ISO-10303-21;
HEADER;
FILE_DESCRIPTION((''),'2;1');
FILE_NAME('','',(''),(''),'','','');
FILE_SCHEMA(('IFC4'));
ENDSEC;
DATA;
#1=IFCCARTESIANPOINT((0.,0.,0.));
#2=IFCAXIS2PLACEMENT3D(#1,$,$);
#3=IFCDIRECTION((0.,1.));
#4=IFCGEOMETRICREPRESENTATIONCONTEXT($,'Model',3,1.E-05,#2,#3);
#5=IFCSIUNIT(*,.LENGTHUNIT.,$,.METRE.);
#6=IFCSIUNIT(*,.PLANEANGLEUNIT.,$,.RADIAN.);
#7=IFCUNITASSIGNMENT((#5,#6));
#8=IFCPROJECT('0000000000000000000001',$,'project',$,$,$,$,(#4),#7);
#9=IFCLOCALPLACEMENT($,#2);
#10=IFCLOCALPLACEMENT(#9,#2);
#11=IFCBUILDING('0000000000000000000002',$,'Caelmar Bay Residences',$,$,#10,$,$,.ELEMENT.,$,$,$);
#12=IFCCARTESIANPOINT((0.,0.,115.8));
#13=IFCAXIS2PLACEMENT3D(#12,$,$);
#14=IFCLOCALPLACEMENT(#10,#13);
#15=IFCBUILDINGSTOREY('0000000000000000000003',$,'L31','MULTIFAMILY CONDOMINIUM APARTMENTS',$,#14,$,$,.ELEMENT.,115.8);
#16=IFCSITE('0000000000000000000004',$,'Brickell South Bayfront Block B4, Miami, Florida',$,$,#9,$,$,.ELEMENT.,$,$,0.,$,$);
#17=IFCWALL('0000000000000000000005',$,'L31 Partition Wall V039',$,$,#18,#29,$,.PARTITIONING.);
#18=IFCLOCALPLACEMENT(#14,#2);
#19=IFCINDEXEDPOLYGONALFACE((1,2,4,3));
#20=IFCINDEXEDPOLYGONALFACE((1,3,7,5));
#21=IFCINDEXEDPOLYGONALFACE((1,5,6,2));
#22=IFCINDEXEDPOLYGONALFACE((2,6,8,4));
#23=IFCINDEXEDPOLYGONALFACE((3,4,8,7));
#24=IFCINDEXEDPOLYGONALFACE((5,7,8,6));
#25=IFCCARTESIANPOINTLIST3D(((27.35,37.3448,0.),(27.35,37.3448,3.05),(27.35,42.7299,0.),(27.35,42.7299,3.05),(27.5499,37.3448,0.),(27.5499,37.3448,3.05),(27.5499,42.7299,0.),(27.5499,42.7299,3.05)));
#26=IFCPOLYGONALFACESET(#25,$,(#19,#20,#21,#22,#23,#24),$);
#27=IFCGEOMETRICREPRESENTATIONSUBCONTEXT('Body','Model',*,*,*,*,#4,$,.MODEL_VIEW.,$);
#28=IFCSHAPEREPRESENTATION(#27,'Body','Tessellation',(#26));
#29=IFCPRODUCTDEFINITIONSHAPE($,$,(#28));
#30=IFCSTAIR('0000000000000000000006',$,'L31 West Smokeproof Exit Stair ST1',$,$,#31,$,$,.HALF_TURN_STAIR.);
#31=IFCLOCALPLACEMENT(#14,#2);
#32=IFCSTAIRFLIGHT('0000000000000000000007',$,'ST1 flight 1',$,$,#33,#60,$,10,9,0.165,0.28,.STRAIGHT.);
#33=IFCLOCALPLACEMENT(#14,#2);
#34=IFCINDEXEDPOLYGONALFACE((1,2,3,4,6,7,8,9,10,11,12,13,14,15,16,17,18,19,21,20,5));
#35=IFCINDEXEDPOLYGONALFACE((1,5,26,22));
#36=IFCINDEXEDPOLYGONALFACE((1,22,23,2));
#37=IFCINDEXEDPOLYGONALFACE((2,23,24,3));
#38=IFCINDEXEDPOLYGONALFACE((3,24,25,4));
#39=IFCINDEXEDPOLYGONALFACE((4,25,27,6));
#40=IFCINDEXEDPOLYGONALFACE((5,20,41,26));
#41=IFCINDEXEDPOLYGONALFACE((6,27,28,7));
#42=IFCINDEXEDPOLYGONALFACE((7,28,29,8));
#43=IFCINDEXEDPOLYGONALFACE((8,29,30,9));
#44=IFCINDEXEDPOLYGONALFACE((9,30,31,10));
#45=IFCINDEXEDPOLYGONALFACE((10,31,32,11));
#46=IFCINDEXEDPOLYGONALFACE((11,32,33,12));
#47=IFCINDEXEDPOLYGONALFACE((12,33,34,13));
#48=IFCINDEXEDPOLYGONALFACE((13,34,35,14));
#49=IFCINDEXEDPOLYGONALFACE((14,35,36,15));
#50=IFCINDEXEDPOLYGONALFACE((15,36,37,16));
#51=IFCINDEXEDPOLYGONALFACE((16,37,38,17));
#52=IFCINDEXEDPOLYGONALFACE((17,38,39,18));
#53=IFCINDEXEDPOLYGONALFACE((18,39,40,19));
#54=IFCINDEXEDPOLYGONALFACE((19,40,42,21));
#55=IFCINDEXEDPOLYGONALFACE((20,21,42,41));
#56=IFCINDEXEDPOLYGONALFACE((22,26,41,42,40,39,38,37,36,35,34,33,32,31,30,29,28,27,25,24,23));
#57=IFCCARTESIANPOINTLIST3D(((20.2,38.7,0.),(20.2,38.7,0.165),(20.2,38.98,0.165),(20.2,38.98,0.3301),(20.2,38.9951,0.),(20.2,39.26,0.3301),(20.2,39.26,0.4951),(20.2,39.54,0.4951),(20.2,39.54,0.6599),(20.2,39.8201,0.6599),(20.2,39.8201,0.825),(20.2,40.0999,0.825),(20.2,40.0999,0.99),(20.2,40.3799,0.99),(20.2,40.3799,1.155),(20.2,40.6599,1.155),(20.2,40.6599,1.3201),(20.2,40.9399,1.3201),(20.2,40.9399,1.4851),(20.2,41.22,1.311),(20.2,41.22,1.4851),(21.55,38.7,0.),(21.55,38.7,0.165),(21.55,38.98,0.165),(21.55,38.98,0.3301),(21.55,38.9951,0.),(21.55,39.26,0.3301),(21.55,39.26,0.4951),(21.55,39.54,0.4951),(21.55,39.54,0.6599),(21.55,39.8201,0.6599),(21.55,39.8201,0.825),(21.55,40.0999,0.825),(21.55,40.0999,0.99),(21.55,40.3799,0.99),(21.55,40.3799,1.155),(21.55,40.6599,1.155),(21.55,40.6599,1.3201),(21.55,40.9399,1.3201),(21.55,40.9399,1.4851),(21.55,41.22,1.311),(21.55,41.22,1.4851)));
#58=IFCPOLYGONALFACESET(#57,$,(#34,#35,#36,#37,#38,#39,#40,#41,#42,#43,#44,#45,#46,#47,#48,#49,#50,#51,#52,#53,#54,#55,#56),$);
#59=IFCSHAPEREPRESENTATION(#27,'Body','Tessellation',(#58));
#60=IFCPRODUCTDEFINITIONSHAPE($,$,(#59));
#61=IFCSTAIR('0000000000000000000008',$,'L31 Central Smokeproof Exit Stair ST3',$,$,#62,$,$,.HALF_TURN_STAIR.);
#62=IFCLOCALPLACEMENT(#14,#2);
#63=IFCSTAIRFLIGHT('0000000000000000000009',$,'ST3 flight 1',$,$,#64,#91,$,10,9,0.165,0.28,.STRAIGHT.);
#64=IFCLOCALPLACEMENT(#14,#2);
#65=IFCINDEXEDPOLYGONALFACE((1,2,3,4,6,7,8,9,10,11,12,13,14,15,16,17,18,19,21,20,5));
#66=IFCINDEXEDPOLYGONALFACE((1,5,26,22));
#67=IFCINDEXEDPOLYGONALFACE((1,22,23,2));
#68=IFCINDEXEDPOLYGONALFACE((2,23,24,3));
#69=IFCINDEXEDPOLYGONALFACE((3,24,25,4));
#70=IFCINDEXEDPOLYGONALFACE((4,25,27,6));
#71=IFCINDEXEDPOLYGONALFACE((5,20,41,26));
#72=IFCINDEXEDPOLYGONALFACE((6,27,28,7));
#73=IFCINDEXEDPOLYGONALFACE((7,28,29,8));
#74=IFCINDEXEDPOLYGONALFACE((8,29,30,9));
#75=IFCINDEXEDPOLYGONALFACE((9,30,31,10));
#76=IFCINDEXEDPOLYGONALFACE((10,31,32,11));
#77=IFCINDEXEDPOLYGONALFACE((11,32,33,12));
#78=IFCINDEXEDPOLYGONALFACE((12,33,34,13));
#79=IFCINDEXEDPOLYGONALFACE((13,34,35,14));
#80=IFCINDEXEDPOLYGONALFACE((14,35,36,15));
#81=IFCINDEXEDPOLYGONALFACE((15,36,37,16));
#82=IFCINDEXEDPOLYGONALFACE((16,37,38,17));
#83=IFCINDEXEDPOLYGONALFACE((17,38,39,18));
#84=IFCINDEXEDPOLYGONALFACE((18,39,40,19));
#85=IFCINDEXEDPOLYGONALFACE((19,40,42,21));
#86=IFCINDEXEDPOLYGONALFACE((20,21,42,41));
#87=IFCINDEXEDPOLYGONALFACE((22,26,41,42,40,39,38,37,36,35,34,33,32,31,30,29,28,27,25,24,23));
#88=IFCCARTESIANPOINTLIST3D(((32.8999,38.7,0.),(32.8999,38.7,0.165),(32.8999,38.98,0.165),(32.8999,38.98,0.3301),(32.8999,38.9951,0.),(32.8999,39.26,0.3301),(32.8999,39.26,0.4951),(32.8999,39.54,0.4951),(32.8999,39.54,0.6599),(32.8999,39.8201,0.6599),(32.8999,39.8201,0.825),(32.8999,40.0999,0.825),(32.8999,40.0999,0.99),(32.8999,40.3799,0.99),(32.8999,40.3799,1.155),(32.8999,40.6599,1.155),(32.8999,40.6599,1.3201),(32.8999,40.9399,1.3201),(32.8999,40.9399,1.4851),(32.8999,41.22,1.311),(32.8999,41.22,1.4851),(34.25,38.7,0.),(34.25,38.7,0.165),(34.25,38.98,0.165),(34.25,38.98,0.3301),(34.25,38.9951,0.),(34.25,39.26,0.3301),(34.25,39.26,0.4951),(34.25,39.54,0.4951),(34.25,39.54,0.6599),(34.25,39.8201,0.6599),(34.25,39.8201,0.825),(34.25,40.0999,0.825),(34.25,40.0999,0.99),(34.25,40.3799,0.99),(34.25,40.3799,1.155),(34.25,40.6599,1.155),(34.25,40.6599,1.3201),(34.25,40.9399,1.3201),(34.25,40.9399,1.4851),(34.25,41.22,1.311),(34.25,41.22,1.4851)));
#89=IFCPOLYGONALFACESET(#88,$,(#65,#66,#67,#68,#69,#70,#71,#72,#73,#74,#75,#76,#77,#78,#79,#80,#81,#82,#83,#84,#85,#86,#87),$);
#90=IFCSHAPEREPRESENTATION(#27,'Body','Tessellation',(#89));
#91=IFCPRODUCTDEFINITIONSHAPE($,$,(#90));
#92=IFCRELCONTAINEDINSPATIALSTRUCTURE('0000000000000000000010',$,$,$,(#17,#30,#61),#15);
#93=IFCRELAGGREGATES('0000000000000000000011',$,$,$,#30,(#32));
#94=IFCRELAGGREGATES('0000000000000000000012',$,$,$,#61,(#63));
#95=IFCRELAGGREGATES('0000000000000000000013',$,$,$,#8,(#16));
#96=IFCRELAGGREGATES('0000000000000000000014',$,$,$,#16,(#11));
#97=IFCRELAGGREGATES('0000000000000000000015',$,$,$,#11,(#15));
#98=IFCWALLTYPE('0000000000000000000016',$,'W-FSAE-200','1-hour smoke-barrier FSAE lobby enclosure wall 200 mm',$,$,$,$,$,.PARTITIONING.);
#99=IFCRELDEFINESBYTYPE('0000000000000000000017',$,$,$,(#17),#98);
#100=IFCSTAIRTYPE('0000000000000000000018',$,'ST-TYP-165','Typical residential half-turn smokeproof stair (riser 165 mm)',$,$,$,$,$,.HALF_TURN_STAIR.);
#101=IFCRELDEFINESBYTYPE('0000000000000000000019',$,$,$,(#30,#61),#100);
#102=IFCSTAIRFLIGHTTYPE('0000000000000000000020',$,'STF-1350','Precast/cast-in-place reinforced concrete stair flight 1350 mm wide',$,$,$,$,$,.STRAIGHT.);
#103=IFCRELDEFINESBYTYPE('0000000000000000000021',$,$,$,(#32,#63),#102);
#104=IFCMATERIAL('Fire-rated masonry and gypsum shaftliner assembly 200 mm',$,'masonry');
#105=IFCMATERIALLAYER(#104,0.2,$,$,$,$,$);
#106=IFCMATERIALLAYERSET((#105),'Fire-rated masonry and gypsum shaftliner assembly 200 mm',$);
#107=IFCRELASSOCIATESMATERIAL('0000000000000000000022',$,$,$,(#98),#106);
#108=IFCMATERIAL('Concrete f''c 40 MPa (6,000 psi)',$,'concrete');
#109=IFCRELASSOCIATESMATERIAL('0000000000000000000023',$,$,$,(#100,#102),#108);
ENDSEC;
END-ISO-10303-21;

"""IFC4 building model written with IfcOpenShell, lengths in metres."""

from ifc_helpers import new_model, si_unit, direction, frame, frame_2d, origin, place, context, subcontext, project, spatial, polyline, rectangle, outline, extrude, material, layer, layer_set, type_object, element, aggregate, save


model = new_model("IFC4")

# Units and contexts
model_context = context("Model", 3, precision=1e-05, world=origin(), true_north=direction((0.0, 1.0)))
body_context = subcontext(model_context, "Body", "Model", "MODEL_VIEW")
ifc_project = project(units=[si_unit("LENGTHUNIT", "METRE"), si_unit("PLANEANGLEUNIT", "RADIAN")], contexts=[model_context])

# Site, building, storey
site_placement = place(None, origin())
site = spatial("IfcSite", under=ifc_project, at=site_placement, Name="Brickell South Bayfront Block B4, Miami, Florida", CompositionType="ELEMENT", RefElevation=0.0)
building_placement = place(site_placement, origin())
building = spatial("IfcBuilding", under=site, at=building_placement, Name="Caelmar Bay Residences", CompositionType="ELEMENT")
storey_placement = place(building_placement, frame((0.0, 0.0, 115.8)))
storey = spatial("IfcBuildingStorey", under=building, at=storey_placement, Name="L31", Description="MULTIFAMILY CONDOMINIUM APARTMENTS", CompositionType="ELEMENT", Elevation=115.8)

# Wall
ifc_material_1 = material(Name="Fire-rated masonry and gypsum shaftliner assembly 200 mm", Category="masonry")
ifc_layer_1 = layer(ifc_material_1, 0.2)
ifc_layer_set_1 = layer_set([ifc_layer_1], Name="Fire-rated masonry and gypsum shaftliner assembly 200 mm")
wall_type_1 = type_object("IfcWallType", Name="W-FSAE-200", Description="1-hour smoke-barrier FSAE lobby enclosure wall 200 mm", PredefinedType="PARTITIONING", material=ifc_layer_set_1)
wall_1_placement = place(storey_placement, frame((27.45, 37.345, 0.0), z_axis=(0.0, 0.0, 1.0), x_axis=(0.0, 1.0, 0.0)))
element("IfcWall", 1, at=wall_1_placement, inside=storey, type_object=wall_type_1, Name="L31 Partition Wall V039", PredefinedType="PARTITIONING", context=body_context, shape_type="SweptSolid", body=[
    extrude(rectangle(XDim=5.385, YDim=0.2, at=frame_2d((2.6924, 0.0))), origin(), (0.0, 0.0, 1.0), 3.05),
])

# Stairs, stair flights
ifc_material_2 = material(Name="Concrete f'c 40 MPa (6,000 psi)", Category="concrete")
stair_type = type_object("IfcStairType", Name="ST-TYP-165", Description="Typical residential half-turn smokeproof stair (riser 165 mm)", PredefinedType="HALF_TURN_STAIR", material=ifc_material_2)
stair_1_placement = place(storey_placement, origin())
stair_1 = element("IfcStair", 2, at=stair_1_placement, inside=storey, type_object=stair_type, Name="L31 West Smokeproof Exit Stair ST1", PredefinedType="HALF_TURN_STAIR")
stair_flight_type = type_object("IfcStairFlightType", Name="STF-1350", Description="Precast/cast-in-place reinforced concrete stair flight 1350 mm wide", PredefinedType="STRAIGHT", material=ifc_material_2)
stair_flight_1_placement = place(storey_placement, frame((20.875, 38.7, 0.0), z_axis=(0.0, 0.0, 1.0), x_axis=(0.0, 1.0, 0.0)))
stair_flight_1 = element("IfcStairFlight", 3, at=stair_flight_1_placement, type_object=stair_flight_type, Name="ST1 flight 1", NumberOfRisers=10, NumberOfTreads=9, PredefinedType="STRAIGHT", RiserHeight=0.165, TreadLength=0.28, context=body_context, shape_type="SweptSolid", body=[
    extrude(outline(polyline([(0.0, 0.0), (0.0, 0.165), (0.28, 0.165), (0.28, 0.3301), (0.5601, 0.3301), (0.5601, 0.4951), (0.8401, 0.4951), (0.8401, 0.6599), (1.1201, 0.6599), (1.1201, 0.825), (1.3999, 0.825), (1.3999, 0.99), (1.6799, 0.99), (1.6799, 1.155), (1.96, 1.155), (1.96, 1.3201), (2.24, 1.3201), (2.24, 1.4851), (2.52, 1.4851), (2.52, 1.6499), (2.52, 1.311), (0.2952, 0.0), (0.0, 0.0)])), frame((0.0, 0.675, 0.0), z_axis=(0.0, -1.0, 0.0), x_axis=(1.0, 0.0, 0.0)), (0.0, 0.0, 1.0), 1.3501),
])
aggregate(stair_1, [stair_flight_1])
stair_2_placement = place(storey_placement, origin())
stair_2 = element("IfcStair", 4, at=stair_2_placement, inside=storey, type_object=stair_type, Name="L31 Central Smokeproof Exit Stair ST3", PredefinedType="HALF_TURN_STAIR")
stair_flight_2_placement = place(storey_placement, frame((33.575, 38.7, 0.0), z_axis=(0.0, 0.0, 1.0), x_axis=(0.0, 1.0, 0.0)))
stair_flight_2 = element("IfcStairFlight", 5, at=stair_flight_2_placement, type_object=stair_flight_type, Name="ST3 flight 1", NumberOfRisers=10, NumberOfTreads=9, PredefinedType="STRAIGHT", RiserHeight=0.165, TreadLength=0.28, context=body_context, shape_type="SweptSolid", body=[
    extrude(outline(polyline([(0.0, 0.0), (0.0, 0.165), (0.28, 0.165), (0.28, 0.3301), (0.5601, 0.3301), (0.5601, 0.4951), (0.8401, 0.4951), (0.8401, 0.6599), (1.1201, 0.6599), (1.1201, 0.825), (1.3999, 0.825), (1.3999, 0.99), (1.6799, 0.99), (1.6799, 1.155), (1.96, 1.155), (1.96, 1.3201), (2.24, 1.3201), (2.24, 1.4851), (2.52, 1.4851), (2.52, 1.6499), (2.52, 1.311), (0.2952, 0.0), (0.0, 0.0)])), frame((0.0, 0.675, 0.0), z_axis=(0.0, -1.0, 0.0), x_axis=(1.0, 0.0, 0.0)), (0.0, 0.0, 1.0), 1.3501),
])
aggregate(stair_2, [stair_flight_2])

save(model, "model.ifc")
